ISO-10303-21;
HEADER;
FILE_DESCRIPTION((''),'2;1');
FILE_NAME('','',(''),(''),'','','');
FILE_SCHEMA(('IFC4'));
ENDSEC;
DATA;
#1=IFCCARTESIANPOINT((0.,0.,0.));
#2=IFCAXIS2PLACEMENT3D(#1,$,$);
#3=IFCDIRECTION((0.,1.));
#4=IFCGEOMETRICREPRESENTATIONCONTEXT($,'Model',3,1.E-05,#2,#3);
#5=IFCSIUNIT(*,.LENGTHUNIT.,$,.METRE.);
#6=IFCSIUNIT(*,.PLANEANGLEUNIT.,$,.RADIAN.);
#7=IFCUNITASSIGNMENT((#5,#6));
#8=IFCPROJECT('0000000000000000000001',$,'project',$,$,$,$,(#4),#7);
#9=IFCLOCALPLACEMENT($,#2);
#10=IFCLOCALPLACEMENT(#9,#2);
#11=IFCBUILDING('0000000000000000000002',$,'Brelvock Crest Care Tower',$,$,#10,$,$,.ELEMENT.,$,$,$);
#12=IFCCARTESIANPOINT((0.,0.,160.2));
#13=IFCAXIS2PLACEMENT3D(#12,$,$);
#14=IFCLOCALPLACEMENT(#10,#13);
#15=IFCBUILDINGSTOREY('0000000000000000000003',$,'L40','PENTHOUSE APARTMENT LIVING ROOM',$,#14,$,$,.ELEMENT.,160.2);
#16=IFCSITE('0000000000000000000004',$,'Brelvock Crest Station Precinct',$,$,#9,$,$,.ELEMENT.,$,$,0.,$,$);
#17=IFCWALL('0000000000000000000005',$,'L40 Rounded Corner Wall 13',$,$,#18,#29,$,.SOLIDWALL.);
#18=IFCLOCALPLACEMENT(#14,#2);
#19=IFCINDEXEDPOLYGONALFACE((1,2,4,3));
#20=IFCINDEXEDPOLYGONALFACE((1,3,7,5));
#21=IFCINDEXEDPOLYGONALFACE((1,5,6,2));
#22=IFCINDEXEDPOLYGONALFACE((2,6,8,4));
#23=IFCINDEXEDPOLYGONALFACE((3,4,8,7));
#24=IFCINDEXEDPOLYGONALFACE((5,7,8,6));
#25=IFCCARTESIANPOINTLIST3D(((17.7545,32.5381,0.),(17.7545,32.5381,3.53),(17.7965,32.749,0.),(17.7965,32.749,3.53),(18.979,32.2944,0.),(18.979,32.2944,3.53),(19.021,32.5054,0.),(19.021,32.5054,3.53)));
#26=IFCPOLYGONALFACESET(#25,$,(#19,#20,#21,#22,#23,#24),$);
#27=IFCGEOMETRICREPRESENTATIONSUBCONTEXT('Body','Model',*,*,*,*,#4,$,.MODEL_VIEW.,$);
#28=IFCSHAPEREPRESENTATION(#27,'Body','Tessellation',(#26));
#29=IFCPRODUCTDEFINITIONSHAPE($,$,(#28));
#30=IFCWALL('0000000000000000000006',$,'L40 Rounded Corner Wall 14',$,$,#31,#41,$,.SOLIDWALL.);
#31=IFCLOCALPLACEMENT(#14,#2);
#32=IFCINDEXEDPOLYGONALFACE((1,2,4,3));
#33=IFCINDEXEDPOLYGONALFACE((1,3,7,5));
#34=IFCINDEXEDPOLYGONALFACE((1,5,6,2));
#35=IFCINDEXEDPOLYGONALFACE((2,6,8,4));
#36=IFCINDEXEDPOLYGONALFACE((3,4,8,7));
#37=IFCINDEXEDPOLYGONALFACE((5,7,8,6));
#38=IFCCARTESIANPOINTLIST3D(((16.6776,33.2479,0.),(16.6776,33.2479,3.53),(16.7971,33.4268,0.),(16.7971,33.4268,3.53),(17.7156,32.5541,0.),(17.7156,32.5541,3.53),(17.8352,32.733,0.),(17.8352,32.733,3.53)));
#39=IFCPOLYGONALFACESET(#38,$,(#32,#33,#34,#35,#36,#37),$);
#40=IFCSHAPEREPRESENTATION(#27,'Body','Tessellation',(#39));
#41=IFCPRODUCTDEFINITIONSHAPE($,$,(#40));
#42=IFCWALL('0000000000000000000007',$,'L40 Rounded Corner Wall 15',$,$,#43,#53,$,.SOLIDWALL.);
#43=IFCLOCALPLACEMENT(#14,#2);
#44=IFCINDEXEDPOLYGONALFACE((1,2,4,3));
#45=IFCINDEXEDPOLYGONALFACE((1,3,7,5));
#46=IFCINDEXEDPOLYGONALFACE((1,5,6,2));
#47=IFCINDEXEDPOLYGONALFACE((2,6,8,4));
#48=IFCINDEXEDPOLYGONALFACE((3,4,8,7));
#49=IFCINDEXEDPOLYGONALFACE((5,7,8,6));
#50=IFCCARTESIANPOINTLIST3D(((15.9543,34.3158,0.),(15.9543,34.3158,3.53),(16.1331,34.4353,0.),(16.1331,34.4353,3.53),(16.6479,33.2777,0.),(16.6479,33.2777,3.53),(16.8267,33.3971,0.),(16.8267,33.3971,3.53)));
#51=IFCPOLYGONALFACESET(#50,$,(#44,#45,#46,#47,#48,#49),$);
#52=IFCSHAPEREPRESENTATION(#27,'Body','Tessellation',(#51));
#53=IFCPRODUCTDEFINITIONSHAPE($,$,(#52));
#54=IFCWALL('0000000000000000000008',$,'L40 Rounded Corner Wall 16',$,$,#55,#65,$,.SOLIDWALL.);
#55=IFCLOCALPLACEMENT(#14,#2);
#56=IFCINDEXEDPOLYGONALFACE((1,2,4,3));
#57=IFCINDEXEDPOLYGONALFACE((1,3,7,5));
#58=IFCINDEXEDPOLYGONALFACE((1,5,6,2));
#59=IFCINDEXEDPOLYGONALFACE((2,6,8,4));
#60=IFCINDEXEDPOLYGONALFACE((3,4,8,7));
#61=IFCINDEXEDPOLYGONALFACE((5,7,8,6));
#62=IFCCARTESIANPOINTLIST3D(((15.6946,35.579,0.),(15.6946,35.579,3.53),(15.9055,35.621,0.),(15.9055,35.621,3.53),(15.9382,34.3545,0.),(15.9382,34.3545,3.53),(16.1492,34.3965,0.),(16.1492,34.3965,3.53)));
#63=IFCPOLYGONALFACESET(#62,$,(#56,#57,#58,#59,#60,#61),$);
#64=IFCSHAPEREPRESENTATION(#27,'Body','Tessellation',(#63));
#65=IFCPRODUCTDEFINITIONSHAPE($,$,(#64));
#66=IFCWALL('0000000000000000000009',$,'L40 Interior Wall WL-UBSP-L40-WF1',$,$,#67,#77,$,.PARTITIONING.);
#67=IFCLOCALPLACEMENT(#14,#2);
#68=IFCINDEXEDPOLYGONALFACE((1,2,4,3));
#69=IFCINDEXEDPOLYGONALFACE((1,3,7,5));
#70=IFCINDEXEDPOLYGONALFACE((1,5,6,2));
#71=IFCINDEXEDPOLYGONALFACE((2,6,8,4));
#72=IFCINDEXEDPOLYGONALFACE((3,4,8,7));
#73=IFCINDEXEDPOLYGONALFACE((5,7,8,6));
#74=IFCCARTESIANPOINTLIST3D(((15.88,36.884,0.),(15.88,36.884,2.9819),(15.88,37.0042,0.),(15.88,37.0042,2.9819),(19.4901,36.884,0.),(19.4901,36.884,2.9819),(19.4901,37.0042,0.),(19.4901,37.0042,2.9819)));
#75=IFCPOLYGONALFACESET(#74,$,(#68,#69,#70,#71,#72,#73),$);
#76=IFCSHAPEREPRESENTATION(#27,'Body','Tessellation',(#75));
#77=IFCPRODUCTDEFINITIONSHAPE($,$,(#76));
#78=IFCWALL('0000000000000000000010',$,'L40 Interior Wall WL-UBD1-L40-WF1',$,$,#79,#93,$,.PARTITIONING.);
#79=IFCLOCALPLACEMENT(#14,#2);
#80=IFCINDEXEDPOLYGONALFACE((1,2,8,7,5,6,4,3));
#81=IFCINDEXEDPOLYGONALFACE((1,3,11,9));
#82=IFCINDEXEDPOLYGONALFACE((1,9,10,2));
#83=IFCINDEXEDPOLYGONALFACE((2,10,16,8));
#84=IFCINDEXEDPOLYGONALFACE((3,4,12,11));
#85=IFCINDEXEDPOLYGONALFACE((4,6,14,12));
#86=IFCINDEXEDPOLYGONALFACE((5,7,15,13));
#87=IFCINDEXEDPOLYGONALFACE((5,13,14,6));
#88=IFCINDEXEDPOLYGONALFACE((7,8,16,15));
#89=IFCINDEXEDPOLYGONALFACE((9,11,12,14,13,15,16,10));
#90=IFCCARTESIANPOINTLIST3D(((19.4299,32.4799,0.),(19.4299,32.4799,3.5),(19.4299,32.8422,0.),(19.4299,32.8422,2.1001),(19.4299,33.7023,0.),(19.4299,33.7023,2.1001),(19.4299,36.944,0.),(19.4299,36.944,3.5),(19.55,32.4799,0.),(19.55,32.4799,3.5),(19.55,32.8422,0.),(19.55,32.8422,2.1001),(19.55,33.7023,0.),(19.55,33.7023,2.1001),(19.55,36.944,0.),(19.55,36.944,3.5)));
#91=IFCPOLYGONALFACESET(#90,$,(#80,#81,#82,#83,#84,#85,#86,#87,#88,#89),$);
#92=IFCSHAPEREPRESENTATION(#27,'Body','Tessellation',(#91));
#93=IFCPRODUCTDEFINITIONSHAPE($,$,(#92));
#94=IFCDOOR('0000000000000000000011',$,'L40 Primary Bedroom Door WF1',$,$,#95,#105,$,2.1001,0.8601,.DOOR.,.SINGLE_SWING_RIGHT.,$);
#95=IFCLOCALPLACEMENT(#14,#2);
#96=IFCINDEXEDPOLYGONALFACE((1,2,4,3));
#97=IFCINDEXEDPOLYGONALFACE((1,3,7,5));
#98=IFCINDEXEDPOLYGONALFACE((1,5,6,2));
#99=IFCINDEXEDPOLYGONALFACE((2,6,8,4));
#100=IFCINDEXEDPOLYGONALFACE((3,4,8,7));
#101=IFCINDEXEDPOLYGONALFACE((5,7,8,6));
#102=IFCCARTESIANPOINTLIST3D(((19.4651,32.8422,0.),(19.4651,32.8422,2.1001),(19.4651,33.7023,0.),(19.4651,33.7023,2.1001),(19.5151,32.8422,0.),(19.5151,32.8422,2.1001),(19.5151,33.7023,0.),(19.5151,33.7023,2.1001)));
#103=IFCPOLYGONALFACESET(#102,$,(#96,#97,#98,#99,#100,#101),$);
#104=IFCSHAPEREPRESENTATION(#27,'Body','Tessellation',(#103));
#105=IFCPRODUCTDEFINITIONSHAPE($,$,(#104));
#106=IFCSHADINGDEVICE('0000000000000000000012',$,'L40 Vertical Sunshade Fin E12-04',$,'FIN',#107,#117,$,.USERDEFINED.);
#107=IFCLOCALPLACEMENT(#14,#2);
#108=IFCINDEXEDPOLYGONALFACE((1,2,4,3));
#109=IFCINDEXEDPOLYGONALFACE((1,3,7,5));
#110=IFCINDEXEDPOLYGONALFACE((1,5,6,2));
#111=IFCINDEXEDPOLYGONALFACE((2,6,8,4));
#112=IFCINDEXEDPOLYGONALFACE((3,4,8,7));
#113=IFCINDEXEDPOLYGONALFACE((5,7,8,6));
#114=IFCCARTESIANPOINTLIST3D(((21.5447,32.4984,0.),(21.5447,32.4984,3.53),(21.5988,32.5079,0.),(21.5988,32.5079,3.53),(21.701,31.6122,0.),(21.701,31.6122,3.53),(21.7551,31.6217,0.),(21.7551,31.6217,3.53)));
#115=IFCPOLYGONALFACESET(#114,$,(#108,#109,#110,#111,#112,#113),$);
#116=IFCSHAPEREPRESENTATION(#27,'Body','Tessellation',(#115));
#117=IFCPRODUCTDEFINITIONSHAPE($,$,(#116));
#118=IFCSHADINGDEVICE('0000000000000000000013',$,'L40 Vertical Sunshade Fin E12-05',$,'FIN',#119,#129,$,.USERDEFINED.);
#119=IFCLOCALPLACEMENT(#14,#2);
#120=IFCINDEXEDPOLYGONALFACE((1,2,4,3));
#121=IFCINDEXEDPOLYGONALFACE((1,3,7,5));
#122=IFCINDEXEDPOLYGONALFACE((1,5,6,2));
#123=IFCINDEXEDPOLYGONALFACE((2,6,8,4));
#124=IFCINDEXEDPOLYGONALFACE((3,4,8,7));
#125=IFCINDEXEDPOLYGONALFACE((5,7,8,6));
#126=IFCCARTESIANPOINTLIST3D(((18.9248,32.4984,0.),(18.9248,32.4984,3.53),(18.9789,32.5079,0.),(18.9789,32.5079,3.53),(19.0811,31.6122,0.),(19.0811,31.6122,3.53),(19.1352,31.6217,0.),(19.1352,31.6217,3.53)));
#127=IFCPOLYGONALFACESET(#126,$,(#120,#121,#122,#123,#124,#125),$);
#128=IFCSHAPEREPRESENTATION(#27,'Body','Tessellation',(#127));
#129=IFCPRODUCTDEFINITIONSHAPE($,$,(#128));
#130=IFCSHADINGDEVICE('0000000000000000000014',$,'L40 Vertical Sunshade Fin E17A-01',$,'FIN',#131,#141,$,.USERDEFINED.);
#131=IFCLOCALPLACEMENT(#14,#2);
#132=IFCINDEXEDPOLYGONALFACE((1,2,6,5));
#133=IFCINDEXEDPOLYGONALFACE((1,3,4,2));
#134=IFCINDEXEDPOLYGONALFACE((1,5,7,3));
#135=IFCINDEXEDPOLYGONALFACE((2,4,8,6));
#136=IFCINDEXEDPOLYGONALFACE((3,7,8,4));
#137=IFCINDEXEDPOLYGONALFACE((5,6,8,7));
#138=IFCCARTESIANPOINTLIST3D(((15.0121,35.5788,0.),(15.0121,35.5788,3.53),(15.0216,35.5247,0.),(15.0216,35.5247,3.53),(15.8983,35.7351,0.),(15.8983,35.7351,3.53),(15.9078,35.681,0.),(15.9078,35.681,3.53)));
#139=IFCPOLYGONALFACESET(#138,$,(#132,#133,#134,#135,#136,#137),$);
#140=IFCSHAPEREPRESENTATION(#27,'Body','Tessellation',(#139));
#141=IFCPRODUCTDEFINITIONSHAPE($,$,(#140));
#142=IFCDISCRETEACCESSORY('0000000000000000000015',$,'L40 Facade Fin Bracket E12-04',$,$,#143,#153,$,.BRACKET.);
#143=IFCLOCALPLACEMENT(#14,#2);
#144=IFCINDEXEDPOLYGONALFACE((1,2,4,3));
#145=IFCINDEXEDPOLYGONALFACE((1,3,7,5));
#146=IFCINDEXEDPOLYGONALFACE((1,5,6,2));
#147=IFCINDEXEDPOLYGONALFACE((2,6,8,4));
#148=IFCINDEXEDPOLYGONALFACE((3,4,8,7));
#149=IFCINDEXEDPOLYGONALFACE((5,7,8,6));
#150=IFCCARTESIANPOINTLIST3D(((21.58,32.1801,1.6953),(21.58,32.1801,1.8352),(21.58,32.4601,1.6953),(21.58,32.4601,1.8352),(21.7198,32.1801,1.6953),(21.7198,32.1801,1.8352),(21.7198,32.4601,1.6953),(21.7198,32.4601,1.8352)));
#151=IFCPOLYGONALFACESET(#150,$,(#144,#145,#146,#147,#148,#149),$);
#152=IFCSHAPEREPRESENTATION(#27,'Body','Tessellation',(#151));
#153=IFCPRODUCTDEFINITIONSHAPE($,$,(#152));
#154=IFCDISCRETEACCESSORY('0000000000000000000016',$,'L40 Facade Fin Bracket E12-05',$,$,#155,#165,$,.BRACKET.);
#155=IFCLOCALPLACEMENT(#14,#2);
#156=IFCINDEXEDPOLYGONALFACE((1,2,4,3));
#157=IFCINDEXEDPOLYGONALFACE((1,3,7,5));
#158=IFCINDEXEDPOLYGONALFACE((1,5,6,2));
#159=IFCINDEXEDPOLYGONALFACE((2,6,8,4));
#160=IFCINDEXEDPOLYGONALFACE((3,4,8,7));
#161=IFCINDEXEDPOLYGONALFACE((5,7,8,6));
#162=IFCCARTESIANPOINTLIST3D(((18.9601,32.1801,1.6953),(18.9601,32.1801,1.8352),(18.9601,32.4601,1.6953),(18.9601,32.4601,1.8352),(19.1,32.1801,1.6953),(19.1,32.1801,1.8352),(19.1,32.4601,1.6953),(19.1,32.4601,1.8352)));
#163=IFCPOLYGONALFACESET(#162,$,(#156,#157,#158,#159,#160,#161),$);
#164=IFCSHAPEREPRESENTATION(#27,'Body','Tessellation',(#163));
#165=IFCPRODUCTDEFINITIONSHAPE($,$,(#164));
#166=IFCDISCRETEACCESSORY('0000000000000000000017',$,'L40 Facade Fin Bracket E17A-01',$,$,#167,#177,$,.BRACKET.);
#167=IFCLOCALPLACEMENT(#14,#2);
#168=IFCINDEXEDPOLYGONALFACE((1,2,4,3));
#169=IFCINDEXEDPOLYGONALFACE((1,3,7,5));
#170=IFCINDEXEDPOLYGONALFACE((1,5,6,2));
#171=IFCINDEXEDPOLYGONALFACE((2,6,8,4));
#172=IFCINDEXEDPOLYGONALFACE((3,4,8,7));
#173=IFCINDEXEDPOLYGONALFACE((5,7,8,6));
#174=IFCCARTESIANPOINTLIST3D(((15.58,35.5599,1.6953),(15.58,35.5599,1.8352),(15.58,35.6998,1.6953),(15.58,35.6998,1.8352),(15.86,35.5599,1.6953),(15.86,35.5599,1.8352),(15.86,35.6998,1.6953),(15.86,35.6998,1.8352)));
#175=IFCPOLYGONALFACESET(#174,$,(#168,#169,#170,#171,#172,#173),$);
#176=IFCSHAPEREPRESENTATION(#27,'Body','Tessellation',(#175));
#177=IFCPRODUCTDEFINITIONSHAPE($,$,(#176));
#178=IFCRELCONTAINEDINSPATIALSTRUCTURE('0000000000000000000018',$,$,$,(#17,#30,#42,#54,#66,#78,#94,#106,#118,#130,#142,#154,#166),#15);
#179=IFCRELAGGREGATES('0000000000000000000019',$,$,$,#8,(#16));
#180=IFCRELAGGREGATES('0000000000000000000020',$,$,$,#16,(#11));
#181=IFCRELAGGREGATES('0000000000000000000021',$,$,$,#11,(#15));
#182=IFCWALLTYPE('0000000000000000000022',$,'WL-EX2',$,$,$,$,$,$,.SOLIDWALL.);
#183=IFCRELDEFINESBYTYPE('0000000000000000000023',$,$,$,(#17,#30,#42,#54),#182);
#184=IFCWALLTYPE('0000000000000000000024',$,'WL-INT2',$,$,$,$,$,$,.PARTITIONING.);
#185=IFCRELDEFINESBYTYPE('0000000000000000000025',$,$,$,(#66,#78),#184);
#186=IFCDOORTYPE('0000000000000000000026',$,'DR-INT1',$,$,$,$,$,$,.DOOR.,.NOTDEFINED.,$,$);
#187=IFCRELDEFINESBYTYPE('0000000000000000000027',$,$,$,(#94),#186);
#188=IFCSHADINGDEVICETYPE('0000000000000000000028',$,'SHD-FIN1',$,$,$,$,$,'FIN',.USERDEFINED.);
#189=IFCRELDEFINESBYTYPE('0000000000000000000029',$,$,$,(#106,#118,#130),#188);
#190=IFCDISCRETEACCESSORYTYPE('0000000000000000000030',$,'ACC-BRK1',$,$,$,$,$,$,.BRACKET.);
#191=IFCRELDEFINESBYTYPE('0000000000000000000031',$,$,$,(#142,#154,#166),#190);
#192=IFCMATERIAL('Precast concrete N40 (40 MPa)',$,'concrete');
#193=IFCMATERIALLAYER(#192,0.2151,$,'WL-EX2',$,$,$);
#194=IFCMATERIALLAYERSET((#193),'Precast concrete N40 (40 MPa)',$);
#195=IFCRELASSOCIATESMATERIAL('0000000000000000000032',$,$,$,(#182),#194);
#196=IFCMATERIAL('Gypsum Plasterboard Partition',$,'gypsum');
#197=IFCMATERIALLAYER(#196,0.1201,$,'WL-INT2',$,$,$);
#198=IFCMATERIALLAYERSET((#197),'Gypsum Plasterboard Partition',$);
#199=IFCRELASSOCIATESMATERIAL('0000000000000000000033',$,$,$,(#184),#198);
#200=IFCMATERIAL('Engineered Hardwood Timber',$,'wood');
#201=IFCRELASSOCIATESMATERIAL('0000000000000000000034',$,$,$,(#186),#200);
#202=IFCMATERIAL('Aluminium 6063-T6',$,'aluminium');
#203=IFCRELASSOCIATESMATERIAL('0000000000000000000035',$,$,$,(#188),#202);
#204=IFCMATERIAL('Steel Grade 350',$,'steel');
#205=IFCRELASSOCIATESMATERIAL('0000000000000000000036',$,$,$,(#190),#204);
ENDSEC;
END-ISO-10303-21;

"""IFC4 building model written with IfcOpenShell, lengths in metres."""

from ifc_helpers import new_model, si_unit, direction, frame, frame_2d, origin, origin_2d, place, context, subcontext, project, spatial, rectangle, extrude, source, transform, mapped, material, layer, layer_set, material_profile, profile_set, type_object, element, fill, save


model = new_model("IFC4")

# Units and contexts
model_context = context("Model", 3, precision=1e-05, world=origin(), true_north=direction((0.0, 1.0)))
body_context = subcontext(model_context, "Body", "Model", "MODEL_VIEW")
ifc_project = project(units=[si_unit("LENGTHUNIT", "METRE"), si_unit("PLANEANGLEUNIT", "RADIAN")], contexts=[model_context])

# Site, building, storey
site_placement = place(None, origin())
site = spatial("IfcSite", under=ifc_project, at=site_placement, Name="Brelvock Crest Station Precinct", CompositionType="ELEMENT", RefElevation=0.0)
building_placement = place(site_placement, origin())
building = spatial("IfcBuilding", under=site, at=building_placement, Name="Brelvock Crest Care Tower", CompositionType="ELEMENT")
storey_placement = place(building_placement, frame((0.0, 0.0, 160.2)))
storey = spatial("IfcBuildingStorey", under=building, at=storey_placement, Name="L40", Description="PENTHOUSE APARTMENT LIVING ROOM", CompositionType="ELEMENT", Elevation=160.2)

# Shared definitions
ifc_material_1 = material(Name="Steel Grade 350", Category="steel")

# Shared definitions
ifc_material_2 = material(Name="Aluminium 6063-T6", Category="aluminium")

# Walls
ifc_material_3 = material(Name="Precast concrete N40 (40 MPa)", Category="concrete")
ifc_layer_1 = layer(ifc_material_3, 0.2151, Name="WL-EX2")
ifc_layer_set_1 = layer_set([ifc_layer_1], Name="Precast concrete N40 (40 MPa)")
wall_type_1 = type_object("IfcWallType", Name="WL-EX2", PredefinedType="SOLIDWALL", material=ifc_layer_set_1)
for number, where, z_axis, x_axis, name in (
    (1, (19.0, 32.3999, 0.0), (0.0, 0.0, 1.0), (-0.980776, 0.195138, 0.0), "L40 Rounded Corner Wall 13"),
    (2, (17.7754, 32.6436, 0.0), (0.0, 0.0, 1.0), (-0.831388, 0.555692, 0.0), "L40 Rounded Corner Wall 14"),
    (3, (16.7373, 33.3374, 0.0), (0.0, 0.0, 1.0), (-0.555557, 0.831478, 0.0), "L40 Rounded Corner Wall 15"),
    (4, (16.0437, 34.3755, 0.0), (0.0, 0.0, 1.0), (-0.195138, 0.980776, 0.0), "L40 Rounded Corner Wall 16"),
):
    element("IfcWall", number, at=place(storey_placement, frame(where, z_axis=z_axis, x_axis=x_axis)), inside=storey, type_object=wall_type_1, Name=name, PredefinedType="SOLIDWALL", context=body_context, shape_type="SweptSolid", body=[
        extrude(rectangle(XDim=1.2485, YDim=0.2151, at=frame_2d((0.6243, 0.0))), origin(), (0.0, 0.0, 1.0), 3.53),
    ])
ifc_material_4 = material(Name="Gypsum Plasterboard Partition", Category="gypsum")
ifc_layer_2 = layer(ifc_material_4, 0.1201, Name="WL-INT2")
ifc_layer_set_2 = layer_set([ifc_layer_2], Name="Gypsum Plasterboard Partition")
wall_type_2 = type_object("IfcWallType", Name="WL-INT2", PredefinedType="PARTITIONING", material=ifc_layer_set_2)
wall_1_placement = place(storey_placement, frame((15.8799, 36.9441, 0.0), z_axis=(0.0, 0.0, 1.0), x_axis=(1.0, 0.0, 0.0)))
element("IfcWall", 5, at=wall_1_placement, inside=storey, type_object=wall_type_2, Name="L40 Interior Wall WL-UBSP-L40-WF1", PredefinedType="PARTITIONING", context=body_context, shape_type="SweptSolid", body=[
    extrude(rectangle(XDim=3.6101, YDim=0.1201, at=frame_2d((1.8052, 0.0))), origin(), (0.0, 0.0, 1.0), 2.9819),
])

# Wall, opening, door
wall_2_placement = place(storey_placement, frame((19.49, 32.48, 0.0), z_axis=(0.0, 0.0, 1.0), x_axis=(0.0, 1.0, 0.0)))
wall_2 = element("IfcWall", 6, at=wall_2_placement, inside=storey, type_object=wall_type_2, Name="L40 Interior Wall WL-UBD1-L40-WF1", PredefinedType="PARTITIONING", context=body_context, shape_type="SweptSolid", body=[
    extrude(rectangle(XDim=4.4641, YDim=0.1201, at=frame_2d((2.2319, 0.0))), origin(), (0.0, 0.0, 1.0), 3.5),
])
opening_placement = place(wall_2_placement, frame((0.3621, 0.0, 0.0)))
opening = element("IfcOpeningElement", 7, at=opening_placement, cuts=wall_2, PredefinedType="OPENING", context=body_context, shape_type="SweptSolid", body=[
    extrude(rectangle(XDim=0.8601, YDim=2.1001, at=origin_2d()), frame((0.4302, 0.0701, 1.05), z_axis=(0.0, -1.0, 0.0), x_axis=(1.0, 0.0, 0.0)), (0.0, 0.0, 1.0), 0.1401),
])
ifc_material_5 = material(Name="Engineered Hardwood Timber", Category="wood")
door_type = type_object("IfcDoorType", Name="DR-INT1", OperationType="NOTDEFINED", PredefinedType="DOOR", material=ifc_material_5)
shared_shape_1 = source(origin(), body_context, "Body", "SweptSolid", [
    extrude(rectangle(XDim=0.8601, YDim=2.1001, at=origin_2d()), frame((0.4302, 0.0249, 1.05), z_axis=(0.0, -1.0, 0.0), x_axis=(1.0, 0.0, 0.0)), (0.0, 0.0, 1.0), 0.05),
])
door_placement = place(opening_placement, origin())
door = element("IfcDoor", 8, at=door_placement, inside=storey, type_object=door_type, Name="L40 Primary Bedroom Door WF1", OperationType="SINGLE_SWING_RIGHT", OverallHeight=2.1001, OverallWidth=0.8601, PredefinedType="DOOR", context=body_context, shape_type="MappedRepresentation", body=[
    mapped(shared_shape_1, transform((0.0, 0.0, 0.0), x_axis=(1.0, 0.0, 0.0), y_axis=(0.0, 1.0, 0.0), z_axis=(0.0, 0.0, 1.0), scale=1.0)),
])
fill(opening, door)

# Shading devices
ifc_material_profile_1 = material_profile(ifc_material_2, rectangle(XDim=0.0549, YDim=0.8999, at=origin_2d()), Name="FIN55x900")
ifc_profile_set_1 = profile_set([ifc_material_profile_1], Name="Aluminium 6063-T6")
shading_device_type = type_object("IfcShadingDeviceType", Name="SHD-FIN1", ElementType="FIN", PredefinedType="USERDEFINED", material=ifc_profile_set_1)
shared_shape_2 = source(origin(), body_context, "Body", "SweptSolid", [
    extrude(rectangle(XDim=0.0549, YDim=0.8999, at=origin_2d()), origin(), (0.0, 0.0, 1.0), 3.53),
])
for number, where, z_axis, x_axis, name in (
    (9, (21.6499, 32.0601, 0.0), (0.0, 0.0, 1.0), (-0.984808, -0.173648, 0.0), "L40 Vertical Sunshade Fin E12-04"),
    (10, (19.03, 32.0601, 0.0), (0.0, 0.0, 1.0), (-0.984808, -0.173648, 0.0), "L40 Vertical Sunshade Fin E12-05"),
    (11, (15.46, 35.6299, 0.0), (0.0, 0.0, 1.0), (-0.173648, 0.984808, 0.0), "L40 Vertical Sunshade Fin E17A-01"),
):
    element("IfcShadingDevice", number, at=place(storey_placement, frame(where, z_axis=z_axis, x_axis=x_axis)), inside=storey, type_object=shading_device_type, Name=name, ObjectType="FIN", PredefinedType="USERDEFINED", context=body_context, shape_type="MappedRepresentation", body=[
        mapped(shared_shape_2, transform((0.0, 0.0, 0.0), x_axis=(1.0, 0.0, 0.0), y_axis=(0.0, 1.0, 0.0), z_axis=(0.0, 0.0, 1.0), scale=1.0)),
    ])

# Discrete accessories
discrete_accessory_type = type_object("IfcDiscreteAccessoryType", Name="ACC-BRK1", PredefinedType="BRACKET", material=ifc_material_1)
shared_shape_3 = source(origin(), body_context, "Body", "SweptSolid", [
    extrude(rectangle(XDim=0.28, YDim=0.1399, at=origin_2d()), origin(), (0.0, 0.0, 1.0), 0.1399),
])
for number, where, z_axis, x_axis, name in (
    (12, (21.6499, 32.3201, 1.6953), (0.0, 0.0, 1.0), (0.0, -1.0, 0.0), "L40 Facade Fin Bracket E12-04"),
    (13, (19.03, 32.3201, 1.6953), (0.0, 0.0, 1.0), (0.0, -1.0, 0.0), "L40 Facade Fin Bracket E12-05"),
    (14, (15.72, 35.6299, 1.6953), (0.0, 0.0, 1.0), (-1.0, 0.0, 0.0), "L40 Facade Fin Bracket E17A-01"),
):
    element("IfcDiscreteAccessory", number, at=place(storey_placement, frame(where, z_axis=z_axis, x_axis=x_axis)), inside=storey, type_object=discrete_accessory_type, Name=name, PredefinedType="BRACKET", context=body_context, shape_type="MappedRepresentation", body=[
        mapped(shared_shape_3, transform((0.0, 0.0, 0.0), x_axis=(1.0, 0.0, 0.0), y_axis=(0.0, 1.0, 0.0), z_axis=(0.0, 0.0, 1.0), scale=1.0)),
    ])

save(model, "model.ifc")
